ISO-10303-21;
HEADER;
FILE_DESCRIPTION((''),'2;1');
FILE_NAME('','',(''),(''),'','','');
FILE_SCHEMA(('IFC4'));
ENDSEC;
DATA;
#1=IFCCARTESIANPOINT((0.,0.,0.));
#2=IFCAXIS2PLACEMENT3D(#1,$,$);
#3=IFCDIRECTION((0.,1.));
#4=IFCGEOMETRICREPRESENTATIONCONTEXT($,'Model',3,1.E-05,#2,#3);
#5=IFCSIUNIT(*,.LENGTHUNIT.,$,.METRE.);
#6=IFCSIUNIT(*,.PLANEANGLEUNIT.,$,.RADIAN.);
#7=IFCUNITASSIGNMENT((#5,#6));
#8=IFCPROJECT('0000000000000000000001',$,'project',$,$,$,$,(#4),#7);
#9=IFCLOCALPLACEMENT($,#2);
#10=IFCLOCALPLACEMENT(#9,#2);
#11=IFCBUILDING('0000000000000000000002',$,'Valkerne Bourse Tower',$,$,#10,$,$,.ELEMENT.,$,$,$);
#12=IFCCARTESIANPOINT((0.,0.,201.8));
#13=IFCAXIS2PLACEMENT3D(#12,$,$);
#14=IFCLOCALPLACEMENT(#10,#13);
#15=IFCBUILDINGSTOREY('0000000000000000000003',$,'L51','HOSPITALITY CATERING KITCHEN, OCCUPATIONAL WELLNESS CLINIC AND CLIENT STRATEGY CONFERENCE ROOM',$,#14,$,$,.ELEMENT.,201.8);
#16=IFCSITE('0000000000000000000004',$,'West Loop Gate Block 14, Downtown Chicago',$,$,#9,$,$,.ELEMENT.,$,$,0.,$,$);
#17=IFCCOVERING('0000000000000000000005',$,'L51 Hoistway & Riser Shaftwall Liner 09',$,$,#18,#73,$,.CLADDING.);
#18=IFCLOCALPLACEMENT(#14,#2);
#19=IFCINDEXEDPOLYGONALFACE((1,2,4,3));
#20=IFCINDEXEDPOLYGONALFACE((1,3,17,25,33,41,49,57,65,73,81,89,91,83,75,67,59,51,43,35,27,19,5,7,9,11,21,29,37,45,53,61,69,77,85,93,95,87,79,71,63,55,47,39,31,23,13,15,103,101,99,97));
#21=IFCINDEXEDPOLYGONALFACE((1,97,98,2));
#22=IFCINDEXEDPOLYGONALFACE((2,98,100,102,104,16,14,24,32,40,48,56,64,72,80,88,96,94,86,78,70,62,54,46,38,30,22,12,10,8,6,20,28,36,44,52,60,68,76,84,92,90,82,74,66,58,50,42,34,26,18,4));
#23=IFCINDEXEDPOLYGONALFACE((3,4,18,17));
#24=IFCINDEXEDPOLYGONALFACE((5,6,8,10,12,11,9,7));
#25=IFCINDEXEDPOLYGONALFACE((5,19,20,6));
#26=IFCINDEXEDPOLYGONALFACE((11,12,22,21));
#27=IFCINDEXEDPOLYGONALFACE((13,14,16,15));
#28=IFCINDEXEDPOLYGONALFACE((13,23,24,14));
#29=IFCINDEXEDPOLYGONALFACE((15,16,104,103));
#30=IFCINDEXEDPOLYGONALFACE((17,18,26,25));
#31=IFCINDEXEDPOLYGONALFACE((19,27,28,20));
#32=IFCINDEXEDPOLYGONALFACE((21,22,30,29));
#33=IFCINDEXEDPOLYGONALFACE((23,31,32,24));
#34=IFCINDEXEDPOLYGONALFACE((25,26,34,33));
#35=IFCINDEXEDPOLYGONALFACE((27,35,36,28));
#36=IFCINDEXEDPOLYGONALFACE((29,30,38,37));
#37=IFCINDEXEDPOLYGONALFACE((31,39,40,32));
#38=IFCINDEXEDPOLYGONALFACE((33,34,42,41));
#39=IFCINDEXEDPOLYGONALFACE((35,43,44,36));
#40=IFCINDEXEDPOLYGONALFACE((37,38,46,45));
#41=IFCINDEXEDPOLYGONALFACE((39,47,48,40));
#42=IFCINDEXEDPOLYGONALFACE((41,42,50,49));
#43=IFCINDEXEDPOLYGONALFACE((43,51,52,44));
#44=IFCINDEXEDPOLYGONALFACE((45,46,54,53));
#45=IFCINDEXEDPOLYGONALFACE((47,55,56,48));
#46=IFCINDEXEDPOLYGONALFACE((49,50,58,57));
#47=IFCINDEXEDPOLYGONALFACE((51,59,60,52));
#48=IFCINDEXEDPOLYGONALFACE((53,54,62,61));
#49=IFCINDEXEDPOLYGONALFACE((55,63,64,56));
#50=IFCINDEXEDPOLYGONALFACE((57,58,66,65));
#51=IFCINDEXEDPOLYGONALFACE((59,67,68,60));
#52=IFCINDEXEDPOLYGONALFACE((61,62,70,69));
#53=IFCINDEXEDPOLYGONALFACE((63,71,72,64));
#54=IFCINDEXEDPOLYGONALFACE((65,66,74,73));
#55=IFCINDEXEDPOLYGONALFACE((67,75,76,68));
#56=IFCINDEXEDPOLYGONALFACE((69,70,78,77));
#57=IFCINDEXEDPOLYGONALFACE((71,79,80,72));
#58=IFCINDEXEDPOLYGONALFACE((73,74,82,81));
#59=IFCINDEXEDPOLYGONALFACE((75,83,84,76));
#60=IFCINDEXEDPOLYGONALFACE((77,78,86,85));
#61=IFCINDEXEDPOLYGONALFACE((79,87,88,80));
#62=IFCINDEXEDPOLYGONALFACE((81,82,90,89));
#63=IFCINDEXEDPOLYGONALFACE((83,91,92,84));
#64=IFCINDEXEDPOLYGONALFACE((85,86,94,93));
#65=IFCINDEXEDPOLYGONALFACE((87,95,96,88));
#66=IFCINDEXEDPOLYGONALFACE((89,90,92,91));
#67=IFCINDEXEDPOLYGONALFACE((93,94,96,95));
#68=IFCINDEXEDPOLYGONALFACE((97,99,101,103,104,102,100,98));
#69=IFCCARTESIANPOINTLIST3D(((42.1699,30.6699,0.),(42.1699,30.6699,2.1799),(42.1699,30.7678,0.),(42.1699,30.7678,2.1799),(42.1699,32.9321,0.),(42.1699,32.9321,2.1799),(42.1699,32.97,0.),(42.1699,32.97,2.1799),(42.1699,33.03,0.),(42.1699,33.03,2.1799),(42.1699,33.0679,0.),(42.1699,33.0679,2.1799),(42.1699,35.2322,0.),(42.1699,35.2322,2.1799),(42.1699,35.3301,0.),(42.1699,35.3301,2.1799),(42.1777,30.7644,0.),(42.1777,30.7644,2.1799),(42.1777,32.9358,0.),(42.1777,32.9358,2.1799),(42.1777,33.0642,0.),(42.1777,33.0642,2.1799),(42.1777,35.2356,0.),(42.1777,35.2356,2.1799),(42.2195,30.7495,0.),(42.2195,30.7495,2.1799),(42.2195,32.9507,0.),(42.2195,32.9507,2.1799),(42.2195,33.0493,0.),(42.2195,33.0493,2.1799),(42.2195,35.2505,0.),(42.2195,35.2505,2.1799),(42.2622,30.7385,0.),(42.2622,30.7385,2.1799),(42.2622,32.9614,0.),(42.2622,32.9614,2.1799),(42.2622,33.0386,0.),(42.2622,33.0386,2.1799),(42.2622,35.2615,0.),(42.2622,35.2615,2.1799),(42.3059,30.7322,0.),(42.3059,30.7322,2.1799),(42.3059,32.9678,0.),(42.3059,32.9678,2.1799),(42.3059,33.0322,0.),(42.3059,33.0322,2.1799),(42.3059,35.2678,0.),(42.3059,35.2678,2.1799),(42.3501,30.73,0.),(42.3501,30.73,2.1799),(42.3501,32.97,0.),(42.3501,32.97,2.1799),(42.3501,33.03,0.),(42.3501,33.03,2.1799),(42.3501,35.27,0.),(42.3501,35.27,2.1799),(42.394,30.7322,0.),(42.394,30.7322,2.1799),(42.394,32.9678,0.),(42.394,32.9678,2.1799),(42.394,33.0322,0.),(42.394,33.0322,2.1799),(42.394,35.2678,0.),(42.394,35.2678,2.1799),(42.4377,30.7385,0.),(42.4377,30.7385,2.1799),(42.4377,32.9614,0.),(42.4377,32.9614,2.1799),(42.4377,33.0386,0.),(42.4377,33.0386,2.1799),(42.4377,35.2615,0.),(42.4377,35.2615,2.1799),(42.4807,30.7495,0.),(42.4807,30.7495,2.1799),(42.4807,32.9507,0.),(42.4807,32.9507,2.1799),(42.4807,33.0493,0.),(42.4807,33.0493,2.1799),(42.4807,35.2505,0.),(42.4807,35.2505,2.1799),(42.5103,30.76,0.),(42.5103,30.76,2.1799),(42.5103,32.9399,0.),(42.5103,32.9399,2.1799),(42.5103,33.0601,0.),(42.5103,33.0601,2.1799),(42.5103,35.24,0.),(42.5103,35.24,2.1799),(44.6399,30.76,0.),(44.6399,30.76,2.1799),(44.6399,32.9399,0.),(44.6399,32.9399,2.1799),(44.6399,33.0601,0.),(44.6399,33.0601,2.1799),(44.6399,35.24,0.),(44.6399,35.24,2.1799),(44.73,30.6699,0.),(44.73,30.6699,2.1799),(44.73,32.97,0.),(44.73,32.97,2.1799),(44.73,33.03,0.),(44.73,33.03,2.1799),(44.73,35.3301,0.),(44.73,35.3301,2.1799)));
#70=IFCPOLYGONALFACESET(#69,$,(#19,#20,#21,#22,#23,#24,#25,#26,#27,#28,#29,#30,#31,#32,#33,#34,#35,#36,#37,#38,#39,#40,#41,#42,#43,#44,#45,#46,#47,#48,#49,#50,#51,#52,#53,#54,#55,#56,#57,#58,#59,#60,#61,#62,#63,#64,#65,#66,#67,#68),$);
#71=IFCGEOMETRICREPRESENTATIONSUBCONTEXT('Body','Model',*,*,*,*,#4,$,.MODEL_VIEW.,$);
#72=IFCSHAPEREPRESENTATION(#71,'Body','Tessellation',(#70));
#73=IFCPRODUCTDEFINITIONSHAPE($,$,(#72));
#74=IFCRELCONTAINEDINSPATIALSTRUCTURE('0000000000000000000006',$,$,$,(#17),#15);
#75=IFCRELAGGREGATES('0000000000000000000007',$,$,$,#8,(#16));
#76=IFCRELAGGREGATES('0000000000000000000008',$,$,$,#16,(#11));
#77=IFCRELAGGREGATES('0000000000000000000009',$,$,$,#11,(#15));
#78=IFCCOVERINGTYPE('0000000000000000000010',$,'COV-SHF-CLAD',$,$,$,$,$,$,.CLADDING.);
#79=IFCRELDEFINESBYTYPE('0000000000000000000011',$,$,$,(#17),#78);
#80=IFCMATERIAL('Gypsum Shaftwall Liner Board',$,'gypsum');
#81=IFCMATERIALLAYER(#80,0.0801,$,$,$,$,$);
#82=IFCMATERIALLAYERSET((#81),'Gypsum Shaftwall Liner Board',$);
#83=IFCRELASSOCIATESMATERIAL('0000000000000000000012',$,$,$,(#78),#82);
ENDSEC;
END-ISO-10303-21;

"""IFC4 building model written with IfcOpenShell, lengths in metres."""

from ifc_helpers import new_model, si_unit, direction, frame, origin, place, context, subcontext, project, spatial, polyline, outline, extrude, material, layer, layer_set, type_object, element, save


model = new_model("IFC4")

# Units and contexts
model_context = context("Model", 3, precision=1e-05, world=origin(), true_north=direction((0.0, 1.0)))
body_context = subcontext(model_context, "Body", "Model", "MODEL_VIEW")
ifc_project = project(units=[si_unit("LENGTHUNIT", "METRE"), si_unit("PLANEANGLEUNIT", "RADIAN")], contexts=[model_context])

# Site, building, storey
site_placement = place(None, origin())
site = spatial("IfcSite", under=ifc_project, at=site_placement, Name="West Loop Gate Block 14, Downtown Chicago", CompositionType="ELEMENT", RefElevation=0.0)
building_placement = place(site_placement, origin())
building = spatial("IfcBuilding", under=site, at=building_placement, Name="Valkerne Bourse Tower", CompositionType="ELEMENT")
storey_placement = place(building_placement, frame((0.0, 0.0, 201.8)))
storey = spatial("IfcBuildingStorey", under=building, at=storey_placement, Name="L51", Description="HOSPITALITY CATERING KITCHEN, OCCUPATIONAL WELLNESS CLINIC AND CLIENT STRATEGY CONFERENCE ROOM", CompositionType="ELEMENT", Elevation=201.8)

# Covering
ifc_material_1 = material(Name="Gypsum Shaftwall Liner Board", Category="gypsum")
ifc_layer_1 = layer(ifc_material_1, 0.0801)
ifc_layer_set_1 = layer_set([ifc_layer_1], Name="Gypsum Shaftwall Liner Board")
covering_type_1 = type_object("IfcCoveringType", Name="COV-SHF-CLAD", PredefinedType="CLADDING", material=ifc_layer_set_1)
covering_1_placement = place(storey_placement, origin())
element("IfcCovering", 1, at=covering_1_placement, inside=storey, type_object=covering_type_1, Name="L51 Hoistway & Riser Shaftwall Liner 09", PredefinedType="CLADDING", context=body_context, shape_type="SweptSolid", body=[
    extrude(outline(polyline([(42.1699, 33.0679), (42.1777, 33.0642), (42.2195, 33.0493), (42.2622, 33.0386), (42.3059, 33.0322), (42.3501, 33.03), (42.394, 33.0322), (42.4377, 33.0386), (42.4807, 33.0493), (42.5103, 33.0601), (44.6399, 33.0601), (44.6399, 35.24), (42.5103, 35.24), (42.4807, 35.2505), (42.4377, 35.2615), (42.394, 35.2678), (42.3501, 35.27), (42.3059, 35.2678), (42.2622, 35.2615), (42.2195, 35.2505), (42.1777, 35.2356), (42.1699, 35.2322), (42.1699, 35.3301), (44.73, 35.3301), (44.73, 33.03), (44.73, 32.97), (44.73, 30.6699), (42.1699, 30.6699), (42.1699, 30.7678), (42.1777, 30.7644), (42.2195, 30.7495), (42.2622, 30.7385), (42.3059, 30.7322), (42.3501, 30.73), (42.394, 30.7322), (42.4377, 30.7385), (42.4807, 30.7495), (42.5103, 30.76), (44.6399, 30.76), (44.6399, 32.9399), (42.5103, 32.9399), (42.4807, 32.9507), (42.4377, 32.9614), (42.394, 32.9678), (42.3501, 32.97), (42.3059, 32.9678), (42.2622, 32.9614), (42.2195, 32.9507), (42.1777, 32.9358), (42.1699, 32.9321), (42.1699, 32.97), (42.1699, 33.03), (42.1699, 33.0679)])), origin(), (0.0, 0.0, 1.0), 2.1799),
])

save(model, "model.ifc")
